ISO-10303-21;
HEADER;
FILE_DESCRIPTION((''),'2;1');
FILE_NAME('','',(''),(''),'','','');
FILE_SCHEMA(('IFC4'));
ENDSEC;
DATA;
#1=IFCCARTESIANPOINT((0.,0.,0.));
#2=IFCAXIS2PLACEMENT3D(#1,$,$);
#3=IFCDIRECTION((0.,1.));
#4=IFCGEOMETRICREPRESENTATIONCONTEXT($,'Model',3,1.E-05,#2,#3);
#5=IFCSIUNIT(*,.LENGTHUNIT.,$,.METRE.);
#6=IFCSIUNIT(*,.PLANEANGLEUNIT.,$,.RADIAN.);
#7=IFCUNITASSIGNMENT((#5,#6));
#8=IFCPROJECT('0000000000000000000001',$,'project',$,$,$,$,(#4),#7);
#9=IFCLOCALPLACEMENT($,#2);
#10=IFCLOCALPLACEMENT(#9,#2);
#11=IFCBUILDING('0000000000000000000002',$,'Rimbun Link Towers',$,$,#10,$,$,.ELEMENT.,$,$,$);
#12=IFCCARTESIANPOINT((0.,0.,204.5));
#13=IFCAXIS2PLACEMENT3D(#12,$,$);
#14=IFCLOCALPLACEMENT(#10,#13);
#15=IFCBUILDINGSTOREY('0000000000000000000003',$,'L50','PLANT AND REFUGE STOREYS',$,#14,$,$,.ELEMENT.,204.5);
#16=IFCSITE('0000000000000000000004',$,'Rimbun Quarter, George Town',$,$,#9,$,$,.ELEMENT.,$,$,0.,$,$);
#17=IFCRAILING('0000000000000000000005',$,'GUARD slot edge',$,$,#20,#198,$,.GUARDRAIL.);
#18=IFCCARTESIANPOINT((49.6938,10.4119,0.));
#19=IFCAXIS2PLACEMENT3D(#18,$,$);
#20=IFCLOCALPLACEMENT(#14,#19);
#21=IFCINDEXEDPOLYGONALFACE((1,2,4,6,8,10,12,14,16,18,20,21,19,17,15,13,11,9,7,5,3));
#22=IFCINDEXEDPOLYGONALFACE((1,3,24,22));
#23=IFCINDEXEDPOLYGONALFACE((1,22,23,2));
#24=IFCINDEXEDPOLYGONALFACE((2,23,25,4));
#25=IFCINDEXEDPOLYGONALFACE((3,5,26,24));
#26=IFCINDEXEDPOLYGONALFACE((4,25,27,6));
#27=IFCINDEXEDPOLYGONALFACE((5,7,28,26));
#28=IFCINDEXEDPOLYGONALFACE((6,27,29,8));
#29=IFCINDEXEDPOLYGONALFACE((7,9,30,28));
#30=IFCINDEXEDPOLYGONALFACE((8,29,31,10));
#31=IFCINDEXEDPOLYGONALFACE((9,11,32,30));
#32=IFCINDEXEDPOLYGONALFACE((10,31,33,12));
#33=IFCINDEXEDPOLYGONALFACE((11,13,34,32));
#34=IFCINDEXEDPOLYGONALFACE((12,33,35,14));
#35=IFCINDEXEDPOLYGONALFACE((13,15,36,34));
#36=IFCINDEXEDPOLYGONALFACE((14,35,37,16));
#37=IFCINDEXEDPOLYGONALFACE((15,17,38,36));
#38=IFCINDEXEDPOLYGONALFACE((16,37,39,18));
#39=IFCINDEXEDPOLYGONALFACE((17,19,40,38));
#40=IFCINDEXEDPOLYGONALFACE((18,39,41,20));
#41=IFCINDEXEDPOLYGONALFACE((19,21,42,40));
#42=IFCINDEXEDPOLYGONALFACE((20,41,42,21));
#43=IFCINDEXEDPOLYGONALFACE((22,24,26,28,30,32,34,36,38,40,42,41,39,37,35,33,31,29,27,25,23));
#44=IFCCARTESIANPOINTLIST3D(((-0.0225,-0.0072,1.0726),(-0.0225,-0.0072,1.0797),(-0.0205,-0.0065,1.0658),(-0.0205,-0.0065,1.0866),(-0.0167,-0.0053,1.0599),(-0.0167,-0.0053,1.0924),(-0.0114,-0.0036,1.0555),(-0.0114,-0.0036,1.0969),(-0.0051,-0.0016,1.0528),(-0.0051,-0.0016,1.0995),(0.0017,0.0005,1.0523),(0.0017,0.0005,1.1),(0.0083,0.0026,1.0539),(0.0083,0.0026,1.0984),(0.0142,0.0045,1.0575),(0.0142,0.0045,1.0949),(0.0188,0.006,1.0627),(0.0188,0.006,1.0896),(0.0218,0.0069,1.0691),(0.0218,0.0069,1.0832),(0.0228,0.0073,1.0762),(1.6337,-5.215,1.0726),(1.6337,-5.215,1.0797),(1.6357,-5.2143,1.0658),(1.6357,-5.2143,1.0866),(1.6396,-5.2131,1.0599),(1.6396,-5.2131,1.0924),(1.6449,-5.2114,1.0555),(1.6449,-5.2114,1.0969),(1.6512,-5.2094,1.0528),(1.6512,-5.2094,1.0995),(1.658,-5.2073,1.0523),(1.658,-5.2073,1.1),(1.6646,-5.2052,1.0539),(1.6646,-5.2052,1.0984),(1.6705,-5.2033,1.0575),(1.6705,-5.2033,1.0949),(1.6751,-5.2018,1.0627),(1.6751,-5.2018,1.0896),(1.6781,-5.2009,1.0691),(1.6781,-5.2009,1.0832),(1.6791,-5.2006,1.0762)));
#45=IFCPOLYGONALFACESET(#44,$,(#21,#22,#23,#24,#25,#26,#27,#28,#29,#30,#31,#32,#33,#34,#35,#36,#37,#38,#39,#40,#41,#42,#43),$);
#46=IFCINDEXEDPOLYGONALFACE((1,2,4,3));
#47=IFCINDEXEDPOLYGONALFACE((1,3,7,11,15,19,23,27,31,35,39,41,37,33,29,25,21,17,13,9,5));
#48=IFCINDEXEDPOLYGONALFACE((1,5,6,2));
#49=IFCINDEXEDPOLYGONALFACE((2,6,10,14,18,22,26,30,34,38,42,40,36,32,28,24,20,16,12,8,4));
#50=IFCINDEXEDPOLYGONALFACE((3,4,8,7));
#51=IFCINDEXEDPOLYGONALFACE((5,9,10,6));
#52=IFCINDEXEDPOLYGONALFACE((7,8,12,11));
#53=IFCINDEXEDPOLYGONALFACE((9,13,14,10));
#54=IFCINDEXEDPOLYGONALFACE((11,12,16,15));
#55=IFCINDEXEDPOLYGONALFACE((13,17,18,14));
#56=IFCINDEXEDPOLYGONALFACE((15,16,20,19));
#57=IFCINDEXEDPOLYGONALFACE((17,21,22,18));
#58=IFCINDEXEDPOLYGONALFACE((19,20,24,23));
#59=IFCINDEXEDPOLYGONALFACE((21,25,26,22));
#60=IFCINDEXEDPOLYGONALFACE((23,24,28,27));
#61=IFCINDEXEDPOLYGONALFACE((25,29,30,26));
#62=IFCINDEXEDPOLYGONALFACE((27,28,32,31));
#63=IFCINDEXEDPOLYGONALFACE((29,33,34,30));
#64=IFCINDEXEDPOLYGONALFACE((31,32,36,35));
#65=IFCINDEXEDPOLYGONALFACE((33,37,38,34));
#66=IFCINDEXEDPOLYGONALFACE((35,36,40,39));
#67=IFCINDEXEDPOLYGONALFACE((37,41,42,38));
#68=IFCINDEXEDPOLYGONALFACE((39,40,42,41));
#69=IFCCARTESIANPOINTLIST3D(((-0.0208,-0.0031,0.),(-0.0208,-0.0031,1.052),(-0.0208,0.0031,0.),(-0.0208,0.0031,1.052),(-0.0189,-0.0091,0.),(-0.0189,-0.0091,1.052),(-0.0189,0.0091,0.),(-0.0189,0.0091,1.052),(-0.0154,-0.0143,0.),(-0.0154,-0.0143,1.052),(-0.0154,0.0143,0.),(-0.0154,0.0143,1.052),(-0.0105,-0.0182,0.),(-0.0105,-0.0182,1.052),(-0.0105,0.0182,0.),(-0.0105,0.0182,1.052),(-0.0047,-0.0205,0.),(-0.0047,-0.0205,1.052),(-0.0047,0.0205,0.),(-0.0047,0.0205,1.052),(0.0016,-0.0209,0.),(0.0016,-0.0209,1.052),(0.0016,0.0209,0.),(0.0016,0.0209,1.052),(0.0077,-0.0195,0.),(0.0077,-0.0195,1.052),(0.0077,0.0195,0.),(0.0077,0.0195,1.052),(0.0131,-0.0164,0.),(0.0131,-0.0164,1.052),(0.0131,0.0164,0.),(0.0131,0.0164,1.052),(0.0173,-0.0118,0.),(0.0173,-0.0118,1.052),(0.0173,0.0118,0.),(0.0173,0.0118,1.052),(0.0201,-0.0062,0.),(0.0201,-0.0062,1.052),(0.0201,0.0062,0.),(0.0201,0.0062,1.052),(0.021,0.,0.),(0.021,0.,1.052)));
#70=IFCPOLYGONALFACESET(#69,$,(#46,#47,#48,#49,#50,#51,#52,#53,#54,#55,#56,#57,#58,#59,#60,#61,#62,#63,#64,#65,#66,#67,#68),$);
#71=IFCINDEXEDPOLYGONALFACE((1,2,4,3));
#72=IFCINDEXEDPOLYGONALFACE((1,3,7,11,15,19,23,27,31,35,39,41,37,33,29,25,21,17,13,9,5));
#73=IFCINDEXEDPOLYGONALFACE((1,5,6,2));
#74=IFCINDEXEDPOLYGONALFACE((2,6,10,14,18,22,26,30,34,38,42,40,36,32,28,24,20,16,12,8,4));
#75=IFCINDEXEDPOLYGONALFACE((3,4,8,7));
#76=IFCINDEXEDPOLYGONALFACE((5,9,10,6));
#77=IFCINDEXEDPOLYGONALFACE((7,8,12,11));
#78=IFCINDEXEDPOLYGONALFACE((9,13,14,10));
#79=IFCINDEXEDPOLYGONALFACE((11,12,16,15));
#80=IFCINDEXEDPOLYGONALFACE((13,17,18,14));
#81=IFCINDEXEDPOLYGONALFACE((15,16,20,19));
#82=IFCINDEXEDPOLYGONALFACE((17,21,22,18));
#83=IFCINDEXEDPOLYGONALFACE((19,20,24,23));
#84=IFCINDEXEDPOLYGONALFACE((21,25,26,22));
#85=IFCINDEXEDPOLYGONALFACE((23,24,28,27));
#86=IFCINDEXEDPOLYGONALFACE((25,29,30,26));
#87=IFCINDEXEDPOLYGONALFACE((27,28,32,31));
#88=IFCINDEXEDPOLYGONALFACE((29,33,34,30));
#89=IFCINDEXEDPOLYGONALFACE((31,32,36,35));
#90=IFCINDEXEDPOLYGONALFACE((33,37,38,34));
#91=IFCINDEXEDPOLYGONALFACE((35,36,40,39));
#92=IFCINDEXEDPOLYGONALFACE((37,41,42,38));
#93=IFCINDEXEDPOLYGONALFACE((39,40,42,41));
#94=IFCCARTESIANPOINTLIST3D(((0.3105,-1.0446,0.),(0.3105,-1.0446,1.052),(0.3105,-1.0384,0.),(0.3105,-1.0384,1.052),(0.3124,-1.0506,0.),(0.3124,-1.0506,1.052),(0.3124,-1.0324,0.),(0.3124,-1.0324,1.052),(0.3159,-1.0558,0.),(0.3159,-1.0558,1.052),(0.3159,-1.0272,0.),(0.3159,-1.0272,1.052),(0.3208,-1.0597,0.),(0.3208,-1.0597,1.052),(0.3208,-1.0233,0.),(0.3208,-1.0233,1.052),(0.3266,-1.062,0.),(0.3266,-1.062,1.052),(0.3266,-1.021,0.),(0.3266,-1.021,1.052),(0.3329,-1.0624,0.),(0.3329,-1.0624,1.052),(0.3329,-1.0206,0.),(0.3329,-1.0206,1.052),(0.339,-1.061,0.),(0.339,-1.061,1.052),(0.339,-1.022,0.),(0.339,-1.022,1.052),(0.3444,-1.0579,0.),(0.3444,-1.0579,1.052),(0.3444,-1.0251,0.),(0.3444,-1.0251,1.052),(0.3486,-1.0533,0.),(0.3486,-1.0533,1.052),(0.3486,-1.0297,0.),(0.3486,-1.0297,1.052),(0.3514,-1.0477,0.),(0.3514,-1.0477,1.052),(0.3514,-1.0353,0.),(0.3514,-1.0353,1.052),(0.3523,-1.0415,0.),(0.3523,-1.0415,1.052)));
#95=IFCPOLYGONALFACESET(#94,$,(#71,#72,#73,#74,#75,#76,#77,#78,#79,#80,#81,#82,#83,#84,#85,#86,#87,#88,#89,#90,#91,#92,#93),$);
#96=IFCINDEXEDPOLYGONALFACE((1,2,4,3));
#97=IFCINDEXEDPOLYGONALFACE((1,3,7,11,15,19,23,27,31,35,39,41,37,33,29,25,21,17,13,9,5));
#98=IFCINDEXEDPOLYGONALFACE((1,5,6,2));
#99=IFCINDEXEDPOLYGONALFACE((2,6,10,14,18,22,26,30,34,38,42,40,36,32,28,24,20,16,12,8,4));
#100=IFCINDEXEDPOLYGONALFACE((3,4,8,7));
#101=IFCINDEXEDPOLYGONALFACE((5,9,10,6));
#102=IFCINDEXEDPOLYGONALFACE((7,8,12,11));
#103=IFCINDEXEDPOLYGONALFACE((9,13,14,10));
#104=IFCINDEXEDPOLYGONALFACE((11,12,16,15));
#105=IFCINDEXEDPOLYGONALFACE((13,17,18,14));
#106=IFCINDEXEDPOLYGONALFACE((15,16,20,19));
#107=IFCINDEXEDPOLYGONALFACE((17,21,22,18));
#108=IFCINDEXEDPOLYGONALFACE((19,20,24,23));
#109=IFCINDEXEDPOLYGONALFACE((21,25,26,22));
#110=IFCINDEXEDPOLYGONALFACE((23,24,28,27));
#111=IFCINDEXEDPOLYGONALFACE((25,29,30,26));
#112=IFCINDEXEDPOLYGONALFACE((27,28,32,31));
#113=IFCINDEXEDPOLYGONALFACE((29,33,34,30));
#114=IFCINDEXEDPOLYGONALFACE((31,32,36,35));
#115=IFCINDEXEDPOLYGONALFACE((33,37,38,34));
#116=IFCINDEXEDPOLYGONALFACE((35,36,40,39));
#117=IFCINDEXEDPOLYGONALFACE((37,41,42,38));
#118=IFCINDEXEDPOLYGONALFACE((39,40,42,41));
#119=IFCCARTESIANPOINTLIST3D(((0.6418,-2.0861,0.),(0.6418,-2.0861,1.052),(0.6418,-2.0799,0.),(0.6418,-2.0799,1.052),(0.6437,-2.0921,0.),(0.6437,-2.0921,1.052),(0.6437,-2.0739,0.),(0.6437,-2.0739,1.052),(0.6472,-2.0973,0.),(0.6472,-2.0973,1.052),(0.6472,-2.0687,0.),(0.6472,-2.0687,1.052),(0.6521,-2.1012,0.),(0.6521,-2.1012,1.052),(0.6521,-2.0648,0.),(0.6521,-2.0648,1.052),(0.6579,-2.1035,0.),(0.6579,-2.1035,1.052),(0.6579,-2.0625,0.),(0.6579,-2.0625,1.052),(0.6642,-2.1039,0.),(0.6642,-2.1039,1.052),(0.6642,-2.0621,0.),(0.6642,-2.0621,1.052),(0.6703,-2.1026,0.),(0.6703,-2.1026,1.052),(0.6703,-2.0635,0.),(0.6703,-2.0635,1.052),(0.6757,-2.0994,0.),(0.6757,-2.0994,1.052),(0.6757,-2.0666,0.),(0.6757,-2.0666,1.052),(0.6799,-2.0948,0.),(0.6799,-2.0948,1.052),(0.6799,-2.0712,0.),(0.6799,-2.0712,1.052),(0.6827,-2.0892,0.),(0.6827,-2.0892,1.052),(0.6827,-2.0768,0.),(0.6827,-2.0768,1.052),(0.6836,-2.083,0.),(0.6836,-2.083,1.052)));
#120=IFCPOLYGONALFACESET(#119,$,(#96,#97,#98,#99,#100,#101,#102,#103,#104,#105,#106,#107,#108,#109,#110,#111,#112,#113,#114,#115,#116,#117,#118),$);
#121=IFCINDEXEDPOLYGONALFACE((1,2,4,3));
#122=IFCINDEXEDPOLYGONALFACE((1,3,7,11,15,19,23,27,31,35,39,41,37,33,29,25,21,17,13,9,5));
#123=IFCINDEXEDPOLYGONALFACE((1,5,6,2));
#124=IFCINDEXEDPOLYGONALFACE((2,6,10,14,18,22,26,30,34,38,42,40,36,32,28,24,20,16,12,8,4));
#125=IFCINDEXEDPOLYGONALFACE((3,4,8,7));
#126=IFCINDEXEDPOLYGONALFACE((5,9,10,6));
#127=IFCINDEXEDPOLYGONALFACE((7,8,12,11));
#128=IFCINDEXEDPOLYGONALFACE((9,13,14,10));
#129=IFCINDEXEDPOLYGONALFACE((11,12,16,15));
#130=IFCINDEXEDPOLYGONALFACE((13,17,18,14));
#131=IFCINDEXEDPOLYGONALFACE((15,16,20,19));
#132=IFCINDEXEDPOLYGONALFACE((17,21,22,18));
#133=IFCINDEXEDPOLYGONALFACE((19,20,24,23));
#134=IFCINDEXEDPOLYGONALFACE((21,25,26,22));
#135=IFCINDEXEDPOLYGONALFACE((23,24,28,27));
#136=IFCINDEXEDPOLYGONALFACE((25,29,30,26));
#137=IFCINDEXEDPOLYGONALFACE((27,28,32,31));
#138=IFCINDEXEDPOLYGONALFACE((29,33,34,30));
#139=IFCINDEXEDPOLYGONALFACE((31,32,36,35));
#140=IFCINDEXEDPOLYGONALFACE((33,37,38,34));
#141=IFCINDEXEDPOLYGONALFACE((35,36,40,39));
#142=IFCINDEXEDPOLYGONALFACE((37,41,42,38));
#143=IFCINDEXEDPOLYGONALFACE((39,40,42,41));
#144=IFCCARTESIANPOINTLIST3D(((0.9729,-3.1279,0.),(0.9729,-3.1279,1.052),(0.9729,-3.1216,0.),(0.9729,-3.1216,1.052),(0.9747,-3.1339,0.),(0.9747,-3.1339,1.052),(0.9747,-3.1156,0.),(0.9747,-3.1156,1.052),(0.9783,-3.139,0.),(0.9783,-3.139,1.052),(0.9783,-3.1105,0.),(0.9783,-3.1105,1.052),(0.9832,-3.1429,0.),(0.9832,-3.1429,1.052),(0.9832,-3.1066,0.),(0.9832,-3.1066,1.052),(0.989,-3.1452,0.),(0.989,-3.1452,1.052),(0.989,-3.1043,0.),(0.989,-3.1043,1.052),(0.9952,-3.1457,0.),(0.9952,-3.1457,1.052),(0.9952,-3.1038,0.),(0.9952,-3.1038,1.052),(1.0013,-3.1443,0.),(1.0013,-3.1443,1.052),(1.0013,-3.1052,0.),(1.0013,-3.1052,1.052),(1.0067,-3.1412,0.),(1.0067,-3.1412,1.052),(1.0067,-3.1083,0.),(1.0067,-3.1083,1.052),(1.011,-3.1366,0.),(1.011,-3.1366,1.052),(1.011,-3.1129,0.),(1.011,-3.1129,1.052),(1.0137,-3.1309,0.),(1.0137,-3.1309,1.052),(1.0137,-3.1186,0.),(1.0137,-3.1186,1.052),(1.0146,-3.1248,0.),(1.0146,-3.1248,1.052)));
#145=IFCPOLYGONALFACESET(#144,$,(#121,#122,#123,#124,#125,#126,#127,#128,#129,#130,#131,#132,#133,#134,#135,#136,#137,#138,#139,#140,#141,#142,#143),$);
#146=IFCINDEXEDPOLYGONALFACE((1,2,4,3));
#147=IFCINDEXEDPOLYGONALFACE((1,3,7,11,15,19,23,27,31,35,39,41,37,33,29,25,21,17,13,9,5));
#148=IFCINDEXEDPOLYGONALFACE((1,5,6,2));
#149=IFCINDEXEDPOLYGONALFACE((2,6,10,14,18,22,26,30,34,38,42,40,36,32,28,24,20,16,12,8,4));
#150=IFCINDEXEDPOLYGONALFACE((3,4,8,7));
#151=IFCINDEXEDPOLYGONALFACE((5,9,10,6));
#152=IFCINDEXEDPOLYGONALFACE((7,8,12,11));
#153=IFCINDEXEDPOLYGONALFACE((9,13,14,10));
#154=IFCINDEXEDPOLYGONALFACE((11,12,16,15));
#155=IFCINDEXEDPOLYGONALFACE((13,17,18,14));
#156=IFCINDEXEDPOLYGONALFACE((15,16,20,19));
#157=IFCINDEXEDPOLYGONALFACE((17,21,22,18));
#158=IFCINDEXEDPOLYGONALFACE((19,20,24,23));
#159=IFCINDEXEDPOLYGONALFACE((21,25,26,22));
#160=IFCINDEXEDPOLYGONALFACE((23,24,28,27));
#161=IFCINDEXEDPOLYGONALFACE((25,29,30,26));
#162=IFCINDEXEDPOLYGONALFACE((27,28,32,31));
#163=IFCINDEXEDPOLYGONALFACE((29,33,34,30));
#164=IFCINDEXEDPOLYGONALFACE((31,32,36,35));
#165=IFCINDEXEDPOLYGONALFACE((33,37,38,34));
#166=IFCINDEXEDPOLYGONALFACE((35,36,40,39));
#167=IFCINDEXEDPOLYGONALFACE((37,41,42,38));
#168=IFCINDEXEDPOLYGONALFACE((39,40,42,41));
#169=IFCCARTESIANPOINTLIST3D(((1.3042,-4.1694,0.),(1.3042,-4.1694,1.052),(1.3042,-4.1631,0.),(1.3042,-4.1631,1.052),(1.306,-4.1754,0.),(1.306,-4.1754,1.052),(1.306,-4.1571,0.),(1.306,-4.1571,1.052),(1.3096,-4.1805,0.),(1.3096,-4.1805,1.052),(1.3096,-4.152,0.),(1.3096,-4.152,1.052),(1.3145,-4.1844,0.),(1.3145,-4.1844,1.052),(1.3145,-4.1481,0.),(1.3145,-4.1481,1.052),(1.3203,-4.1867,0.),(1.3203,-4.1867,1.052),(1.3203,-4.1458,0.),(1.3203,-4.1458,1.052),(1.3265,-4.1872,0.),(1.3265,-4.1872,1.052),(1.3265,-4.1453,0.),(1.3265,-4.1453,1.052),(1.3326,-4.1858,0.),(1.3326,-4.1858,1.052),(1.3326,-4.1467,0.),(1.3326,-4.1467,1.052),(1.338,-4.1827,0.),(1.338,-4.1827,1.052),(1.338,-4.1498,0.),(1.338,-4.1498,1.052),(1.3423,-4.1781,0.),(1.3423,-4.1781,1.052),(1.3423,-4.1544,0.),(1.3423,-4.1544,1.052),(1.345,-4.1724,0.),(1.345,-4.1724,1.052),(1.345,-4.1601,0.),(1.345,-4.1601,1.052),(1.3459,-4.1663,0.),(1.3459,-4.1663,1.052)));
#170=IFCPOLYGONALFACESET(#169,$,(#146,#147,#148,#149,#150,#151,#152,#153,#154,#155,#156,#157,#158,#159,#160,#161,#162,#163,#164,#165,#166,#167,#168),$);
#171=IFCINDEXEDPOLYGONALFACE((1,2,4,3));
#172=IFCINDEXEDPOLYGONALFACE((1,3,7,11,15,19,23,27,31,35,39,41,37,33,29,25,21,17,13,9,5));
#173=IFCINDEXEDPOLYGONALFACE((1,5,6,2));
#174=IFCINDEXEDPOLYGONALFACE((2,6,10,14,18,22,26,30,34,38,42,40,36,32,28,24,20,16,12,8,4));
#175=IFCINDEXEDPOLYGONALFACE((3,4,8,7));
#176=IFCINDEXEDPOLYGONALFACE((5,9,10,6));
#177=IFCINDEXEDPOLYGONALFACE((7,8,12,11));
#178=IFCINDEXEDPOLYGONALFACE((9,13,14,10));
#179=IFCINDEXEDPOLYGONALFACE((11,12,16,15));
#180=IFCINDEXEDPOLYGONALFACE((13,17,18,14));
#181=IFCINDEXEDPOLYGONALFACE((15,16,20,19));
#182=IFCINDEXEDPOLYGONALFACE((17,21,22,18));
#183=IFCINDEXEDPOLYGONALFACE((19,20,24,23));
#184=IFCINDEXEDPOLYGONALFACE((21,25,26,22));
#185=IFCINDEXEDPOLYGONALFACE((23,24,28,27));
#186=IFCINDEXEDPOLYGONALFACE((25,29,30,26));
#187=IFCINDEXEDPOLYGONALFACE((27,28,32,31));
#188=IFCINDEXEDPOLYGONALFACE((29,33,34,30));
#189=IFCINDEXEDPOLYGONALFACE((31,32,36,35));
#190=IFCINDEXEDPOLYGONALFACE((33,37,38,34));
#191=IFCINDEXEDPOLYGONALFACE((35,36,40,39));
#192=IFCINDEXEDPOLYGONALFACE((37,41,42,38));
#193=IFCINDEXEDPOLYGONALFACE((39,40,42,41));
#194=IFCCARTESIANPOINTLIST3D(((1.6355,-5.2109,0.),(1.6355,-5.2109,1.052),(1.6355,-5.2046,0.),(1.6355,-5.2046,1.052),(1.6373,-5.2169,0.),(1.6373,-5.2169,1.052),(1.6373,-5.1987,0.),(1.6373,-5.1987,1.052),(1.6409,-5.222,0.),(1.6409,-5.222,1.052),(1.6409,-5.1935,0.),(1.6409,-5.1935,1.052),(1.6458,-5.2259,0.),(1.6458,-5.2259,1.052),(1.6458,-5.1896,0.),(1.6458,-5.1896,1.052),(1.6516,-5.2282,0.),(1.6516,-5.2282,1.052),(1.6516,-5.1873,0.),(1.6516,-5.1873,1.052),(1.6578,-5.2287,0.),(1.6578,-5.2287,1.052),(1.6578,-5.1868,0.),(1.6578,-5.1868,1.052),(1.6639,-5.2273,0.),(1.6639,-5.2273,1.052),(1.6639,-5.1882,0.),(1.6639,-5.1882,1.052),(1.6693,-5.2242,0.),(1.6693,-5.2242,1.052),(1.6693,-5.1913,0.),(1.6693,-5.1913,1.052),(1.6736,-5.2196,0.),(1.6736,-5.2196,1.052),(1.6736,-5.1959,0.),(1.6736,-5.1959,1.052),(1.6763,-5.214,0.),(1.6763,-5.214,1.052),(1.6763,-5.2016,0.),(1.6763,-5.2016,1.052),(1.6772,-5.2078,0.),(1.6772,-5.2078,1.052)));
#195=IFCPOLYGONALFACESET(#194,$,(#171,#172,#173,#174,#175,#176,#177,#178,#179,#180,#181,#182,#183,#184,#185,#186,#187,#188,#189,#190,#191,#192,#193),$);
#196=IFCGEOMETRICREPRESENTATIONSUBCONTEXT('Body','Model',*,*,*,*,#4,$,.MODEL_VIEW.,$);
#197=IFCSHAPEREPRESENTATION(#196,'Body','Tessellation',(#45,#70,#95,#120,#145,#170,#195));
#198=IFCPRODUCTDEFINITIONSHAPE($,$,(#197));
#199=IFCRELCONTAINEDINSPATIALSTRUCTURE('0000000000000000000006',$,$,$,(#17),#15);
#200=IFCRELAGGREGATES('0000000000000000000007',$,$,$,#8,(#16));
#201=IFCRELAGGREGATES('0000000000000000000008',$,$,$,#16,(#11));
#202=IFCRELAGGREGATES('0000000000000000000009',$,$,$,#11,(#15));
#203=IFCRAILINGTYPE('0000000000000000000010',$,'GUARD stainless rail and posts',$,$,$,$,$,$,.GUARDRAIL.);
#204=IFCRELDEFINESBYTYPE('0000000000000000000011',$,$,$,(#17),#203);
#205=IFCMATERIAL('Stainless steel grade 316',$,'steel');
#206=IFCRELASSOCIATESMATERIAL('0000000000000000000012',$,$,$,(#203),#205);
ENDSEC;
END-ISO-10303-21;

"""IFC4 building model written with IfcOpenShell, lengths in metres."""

from ifc_helpers import new_model, si_unit, direction, frame, origin, origin_2d, place, context, subcontext, project, spatial, circle, extrude, material, type_object, element, save


model = new_model("IFC4")

# Units and contexts
model_context = context("Model", 3, precision=1e-05, world=origin(), true_north=direction((0.0, 1.0)))
body_context = subcontext(model_context, "Body", "Model", "MODEL_VIEW")
ifc_project = project(units=[si_unit("LENGTHUNIT", "METRE"), si_unit("PLANEANGLEUNIT", "RADIAN")], contexts=[model_context])

# Site, building, storey
site_placement = place(None, origin())
site = spatial("IfcSite", under=ifc_project, at=site_placement, Name="Rimbun Quarter, George Town", CompositionType="ELEMENT", RefElevation=0.0)
building_placement = place(site_placement, origin())
building = spatial("IfcBuilding", under=site, at=building_placement, Name="Rimbun Link Towers", CompositionType="ELEMENT")
storey_placement = place(building_placement, frame((0.0, 0.0, 204.5)))
storey = spatial("IfcBuildingStorey", under=building, at=storey_placement, Name="L50", Description="PLANT AND REFUGE STOREYS", CompositionType="ELEMENT", Elevation=204.5)

# Railing
ifc_material_1 = material(Name="Stainless steel grade 316", Category="steel")
railing_type = type_object("IfcRailingType", Name="GUARD stainless rail and posts", PredefinedType="GUARDRAIL", material=ifc_material_1)
railing_1_placement = place(storey_placement, frame((49.6938, 10.4119, 0.0)))
element("IfcRailing", 1, at=railing_1_placement, inside=storey, type_object=railing_type, Name="GUARD slot edge", PredefinedType="GUARDRAIL", context=body_context, shape_type="SweptSolid", body=[
    extrude(circle(Radius=0.0239, at=origin_2d()), frame((0.0, 0.0, 1.0762), z_axis=(0.303076, -0.952966, 0.0), x_axis=(0.952966, 0.303076, 0.0)), (0.0, 0.0, 1.0), 5.4648),
    extrude(circle(Radius=0.021, at=origin_2d()), origin(), (0.0, 0.0, 1.0), 1.052),
    extrude(circle(Radius=0.021, at=origin_2d()), frame((0.3313, -1.0415, 0.0)), (0.0, 0.0, 1.0), 1.052),
    extrude(circle(Radius=0.021, at=origin_2d()), frame((0.6626, -2.083, 0.0)), (0.0, 0.0, 1.0), 1.052),
    extrude(circle(Radius=0.021, at=origin_2d()), frame((0.9937, -3.1248, 0.0)), (0.0, 0.0, 1.0), 1.052),
    extrude(circle(Radius=0.021, at=origin_2d()), frame((1.325, -4.1663, 0.0)), (0.0, 0.0, 1.0), 1.052),
    extrude(circle(Radius=0.021, at=origin_2d()), frame((1.6562, -5.2078, 0.0)), (0.0, 0.0, 1.0), 1.052),
])

save(model, "model.ifc")
